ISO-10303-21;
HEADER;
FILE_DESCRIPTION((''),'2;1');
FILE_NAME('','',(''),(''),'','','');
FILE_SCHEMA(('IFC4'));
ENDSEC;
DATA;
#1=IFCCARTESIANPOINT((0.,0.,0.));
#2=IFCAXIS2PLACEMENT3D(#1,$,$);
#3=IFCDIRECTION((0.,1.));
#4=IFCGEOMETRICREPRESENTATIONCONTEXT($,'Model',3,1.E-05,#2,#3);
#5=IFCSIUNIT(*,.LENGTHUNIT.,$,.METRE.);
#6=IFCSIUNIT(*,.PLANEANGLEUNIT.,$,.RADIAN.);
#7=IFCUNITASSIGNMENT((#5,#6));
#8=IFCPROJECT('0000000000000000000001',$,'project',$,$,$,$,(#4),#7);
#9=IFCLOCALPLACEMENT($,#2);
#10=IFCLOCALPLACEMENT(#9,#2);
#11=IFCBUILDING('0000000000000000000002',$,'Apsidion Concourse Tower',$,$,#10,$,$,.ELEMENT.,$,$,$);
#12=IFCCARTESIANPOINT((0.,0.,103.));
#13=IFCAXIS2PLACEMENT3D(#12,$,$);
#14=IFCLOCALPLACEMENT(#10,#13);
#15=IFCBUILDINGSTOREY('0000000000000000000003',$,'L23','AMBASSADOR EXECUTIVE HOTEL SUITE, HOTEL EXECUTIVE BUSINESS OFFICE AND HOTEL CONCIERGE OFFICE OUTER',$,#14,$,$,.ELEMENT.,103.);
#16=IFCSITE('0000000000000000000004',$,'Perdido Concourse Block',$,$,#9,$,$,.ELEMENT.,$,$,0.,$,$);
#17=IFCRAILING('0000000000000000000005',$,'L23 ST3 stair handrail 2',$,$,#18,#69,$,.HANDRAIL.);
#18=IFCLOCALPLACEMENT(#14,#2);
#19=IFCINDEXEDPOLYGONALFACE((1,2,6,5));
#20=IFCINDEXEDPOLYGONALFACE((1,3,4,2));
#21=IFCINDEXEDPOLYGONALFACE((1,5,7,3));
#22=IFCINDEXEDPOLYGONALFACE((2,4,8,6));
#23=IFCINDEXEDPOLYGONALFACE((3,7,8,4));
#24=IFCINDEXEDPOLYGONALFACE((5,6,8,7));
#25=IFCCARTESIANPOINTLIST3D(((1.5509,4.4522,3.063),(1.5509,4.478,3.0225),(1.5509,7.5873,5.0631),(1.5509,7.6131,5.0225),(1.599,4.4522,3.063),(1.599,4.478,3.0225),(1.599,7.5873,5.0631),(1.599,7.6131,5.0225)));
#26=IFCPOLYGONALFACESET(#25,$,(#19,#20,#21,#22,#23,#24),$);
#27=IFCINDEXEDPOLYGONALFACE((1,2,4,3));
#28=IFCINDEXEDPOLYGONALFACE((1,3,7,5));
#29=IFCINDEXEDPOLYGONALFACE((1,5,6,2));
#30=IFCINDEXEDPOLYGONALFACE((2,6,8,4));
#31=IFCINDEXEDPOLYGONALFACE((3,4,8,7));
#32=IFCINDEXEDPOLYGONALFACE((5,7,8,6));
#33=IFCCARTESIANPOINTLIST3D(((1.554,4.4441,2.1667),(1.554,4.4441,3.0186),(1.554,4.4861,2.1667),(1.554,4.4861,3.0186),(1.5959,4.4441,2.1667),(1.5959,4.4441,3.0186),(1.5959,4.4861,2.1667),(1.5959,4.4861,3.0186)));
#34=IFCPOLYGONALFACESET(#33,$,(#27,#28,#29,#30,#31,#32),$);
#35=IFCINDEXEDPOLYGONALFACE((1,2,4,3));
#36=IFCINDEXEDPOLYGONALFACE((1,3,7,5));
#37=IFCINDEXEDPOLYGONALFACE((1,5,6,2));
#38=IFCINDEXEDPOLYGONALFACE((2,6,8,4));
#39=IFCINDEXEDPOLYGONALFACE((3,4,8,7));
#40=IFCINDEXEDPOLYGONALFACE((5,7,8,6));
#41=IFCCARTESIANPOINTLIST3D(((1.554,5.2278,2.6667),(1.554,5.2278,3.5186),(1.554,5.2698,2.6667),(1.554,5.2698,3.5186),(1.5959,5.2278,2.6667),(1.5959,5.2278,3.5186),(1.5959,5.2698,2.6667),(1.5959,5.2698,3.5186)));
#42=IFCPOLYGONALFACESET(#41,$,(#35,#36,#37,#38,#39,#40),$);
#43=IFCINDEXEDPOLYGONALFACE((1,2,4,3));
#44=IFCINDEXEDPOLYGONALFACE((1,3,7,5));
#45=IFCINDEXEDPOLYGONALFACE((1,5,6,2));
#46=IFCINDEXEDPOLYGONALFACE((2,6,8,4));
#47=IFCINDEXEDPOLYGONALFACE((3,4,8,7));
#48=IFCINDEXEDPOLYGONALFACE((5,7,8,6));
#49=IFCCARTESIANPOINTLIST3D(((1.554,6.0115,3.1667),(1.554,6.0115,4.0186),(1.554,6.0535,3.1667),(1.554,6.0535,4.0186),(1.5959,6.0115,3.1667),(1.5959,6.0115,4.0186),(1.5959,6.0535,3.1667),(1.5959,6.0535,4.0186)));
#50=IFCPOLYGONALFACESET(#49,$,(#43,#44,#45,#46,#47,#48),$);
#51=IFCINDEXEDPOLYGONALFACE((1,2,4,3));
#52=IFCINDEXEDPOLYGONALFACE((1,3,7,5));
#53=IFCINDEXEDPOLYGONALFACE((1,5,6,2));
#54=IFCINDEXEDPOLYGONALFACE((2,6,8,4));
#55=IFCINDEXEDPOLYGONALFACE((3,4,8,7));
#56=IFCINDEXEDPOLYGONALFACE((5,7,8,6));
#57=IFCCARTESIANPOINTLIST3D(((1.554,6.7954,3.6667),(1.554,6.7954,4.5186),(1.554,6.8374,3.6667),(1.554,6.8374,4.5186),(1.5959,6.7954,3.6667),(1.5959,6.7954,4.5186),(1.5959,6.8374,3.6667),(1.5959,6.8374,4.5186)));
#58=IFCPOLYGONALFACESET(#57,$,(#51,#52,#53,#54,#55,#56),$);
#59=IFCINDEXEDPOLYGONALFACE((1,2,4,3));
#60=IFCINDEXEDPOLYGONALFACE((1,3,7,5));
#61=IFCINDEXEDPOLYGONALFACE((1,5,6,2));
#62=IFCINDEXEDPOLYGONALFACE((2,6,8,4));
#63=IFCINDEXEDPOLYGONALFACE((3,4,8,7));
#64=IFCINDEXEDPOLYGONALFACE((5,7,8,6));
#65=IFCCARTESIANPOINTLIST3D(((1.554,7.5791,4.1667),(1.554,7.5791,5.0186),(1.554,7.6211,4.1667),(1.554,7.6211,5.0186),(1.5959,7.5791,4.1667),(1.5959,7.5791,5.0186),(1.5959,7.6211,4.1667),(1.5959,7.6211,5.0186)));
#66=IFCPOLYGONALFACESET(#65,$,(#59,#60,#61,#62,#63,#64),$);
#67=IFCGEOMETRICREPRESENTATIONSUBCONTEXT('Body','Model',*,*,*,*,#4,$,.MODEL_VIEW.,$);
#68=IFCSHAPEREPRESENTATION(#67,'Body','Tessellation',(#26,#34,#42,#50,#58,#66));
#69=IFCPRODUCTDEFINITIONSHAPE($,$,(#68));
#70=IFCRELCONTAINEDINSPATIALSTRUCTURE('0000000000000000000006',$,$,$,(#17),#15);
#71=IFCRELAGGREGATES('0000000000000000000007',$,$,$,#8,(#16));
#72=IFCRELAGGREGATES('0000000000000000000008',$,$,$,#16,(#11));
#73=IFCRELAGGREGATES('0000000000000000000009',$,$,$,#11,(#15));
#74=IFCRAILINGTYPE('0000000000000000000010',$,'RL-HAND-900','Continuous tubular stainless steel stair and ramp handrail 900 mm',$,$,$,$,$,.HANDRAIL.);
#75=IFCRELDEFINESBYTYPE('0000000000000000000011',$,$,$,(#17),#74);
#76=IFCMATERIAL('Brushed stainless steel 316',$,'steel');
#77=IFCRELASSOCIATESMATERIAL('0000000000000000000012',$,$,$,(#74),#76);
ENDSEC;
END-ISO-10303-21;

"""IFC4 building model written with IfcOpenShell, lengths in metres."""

from ifc_helpers import new_model, si_unit, direction, frame, origin, origin_2d, place, context, subcontext, project, spatial, rectangle, extrude, material, type_object, element, save


model = new_model("IFC4")

# Units and contexts
model_context = context("Model", 3, precision=1e-05, world=origin(), true_north=direction((0.0, 1.0)))
body_context = subcontext(model_context, "Body", "Model", "MODEL_VIEW")
ifc_project = project(units=[si_unit("LENGTHUNIT", "METRE"), si_unit("PLANEANGLEUNIT", "RADIAN")], contexts=[model_context])

# Site, building, storey
site_placement = place(None, origin())
site = spatial("IfcSite", under=ifc_project, at=site_placement, Name="Perdido Concourse Block", CompositionType="ELEMENT", RefElevation=0.0)
building_placement = place(site_placement, origin())
building = spatial("IfcBuilding", under=site, at=building_placement, Name="Apsidion Concourse Tower", CompositionType="ELEMENT")
storey_placement = place(building_placement, frame((0.0, 0.0, 103.0)))
storey = spatial("IfcBuildingStorey", under=building, at=storey_placement, Name="L23", Description="AMBASSADOR EXECUTIVE HOTEL SUITE, HOTEL EXECUTIVE BUSINESS OFFICE AND HOTEL CONCIERGE OFFICE OUTER", CompositionType="ELEMENT", Elevation=103.0)

# Railing
ifc_material_1 = material(Name="Brushed stainless steel 316", Category="steel")
railing_type_1 = type_object("IfcRailingType", Name="RL-HAND-900", Description="Continuous tubular stainless steel stair and ramp handrail 900 mm", PredefinedType="HANDRAIL", material=ifc_material_1)
railing_1_placement = place(storey_placement, frame((1.575, 4.4651, 2.1667)))
element("IfcRailing", 1, at=railing_1_placement, inside=storey, type_object=railing_type_1, Name="L23 ST3 stair handrail 2", PredefinedType="HANDRAIL", context=body_context, shape_type="SweptSolid", body=[
    extrude(rectangle(XDim=0.0481, YDim=0.0481, at=origin_2d()), frame((0.0, 0.0, 0.876), z_axis=(0.0, 0.843053, 0.537831), x_axis=(-1.0, 0.0, 0.0)), (0.0, 0.0, 1.0), 3.7188),
    extrude(rectangle(XDim=0.042, YDim=0.042, at=origin_2d()), origin(), (0.0, 0.0, 1.0), 0.8518),
    extrude(rectangle(XDim=0.042, YDim=0.042, at=origin_2d()), frame((0.0, 0.7837, 0.5)), (0.0, 0.0, 1.0), 0.8518),
    extrude(rectangle(XDim=0.042, YDim=0.042, at=origin_2d()), frame((0.0, 1.5674, 1.0)), (0.0, 0.0, 1.0), 0.8518),
    extrude(rectangle(XDim=0.042, YDim=0.042, at=origin_2d()), frame((0.0, 2.3513, 1.5)), (0.0, 0.0, 1.0), 0.8518),
    extrude(rectangle(XDim=0.042, YDim=0.042, at=origin_2d()), frame((0.0, 3.135, 2.0)), (0.0, 0.0, 1.0), 0.8518),
])

save(model, "model.ifc")
